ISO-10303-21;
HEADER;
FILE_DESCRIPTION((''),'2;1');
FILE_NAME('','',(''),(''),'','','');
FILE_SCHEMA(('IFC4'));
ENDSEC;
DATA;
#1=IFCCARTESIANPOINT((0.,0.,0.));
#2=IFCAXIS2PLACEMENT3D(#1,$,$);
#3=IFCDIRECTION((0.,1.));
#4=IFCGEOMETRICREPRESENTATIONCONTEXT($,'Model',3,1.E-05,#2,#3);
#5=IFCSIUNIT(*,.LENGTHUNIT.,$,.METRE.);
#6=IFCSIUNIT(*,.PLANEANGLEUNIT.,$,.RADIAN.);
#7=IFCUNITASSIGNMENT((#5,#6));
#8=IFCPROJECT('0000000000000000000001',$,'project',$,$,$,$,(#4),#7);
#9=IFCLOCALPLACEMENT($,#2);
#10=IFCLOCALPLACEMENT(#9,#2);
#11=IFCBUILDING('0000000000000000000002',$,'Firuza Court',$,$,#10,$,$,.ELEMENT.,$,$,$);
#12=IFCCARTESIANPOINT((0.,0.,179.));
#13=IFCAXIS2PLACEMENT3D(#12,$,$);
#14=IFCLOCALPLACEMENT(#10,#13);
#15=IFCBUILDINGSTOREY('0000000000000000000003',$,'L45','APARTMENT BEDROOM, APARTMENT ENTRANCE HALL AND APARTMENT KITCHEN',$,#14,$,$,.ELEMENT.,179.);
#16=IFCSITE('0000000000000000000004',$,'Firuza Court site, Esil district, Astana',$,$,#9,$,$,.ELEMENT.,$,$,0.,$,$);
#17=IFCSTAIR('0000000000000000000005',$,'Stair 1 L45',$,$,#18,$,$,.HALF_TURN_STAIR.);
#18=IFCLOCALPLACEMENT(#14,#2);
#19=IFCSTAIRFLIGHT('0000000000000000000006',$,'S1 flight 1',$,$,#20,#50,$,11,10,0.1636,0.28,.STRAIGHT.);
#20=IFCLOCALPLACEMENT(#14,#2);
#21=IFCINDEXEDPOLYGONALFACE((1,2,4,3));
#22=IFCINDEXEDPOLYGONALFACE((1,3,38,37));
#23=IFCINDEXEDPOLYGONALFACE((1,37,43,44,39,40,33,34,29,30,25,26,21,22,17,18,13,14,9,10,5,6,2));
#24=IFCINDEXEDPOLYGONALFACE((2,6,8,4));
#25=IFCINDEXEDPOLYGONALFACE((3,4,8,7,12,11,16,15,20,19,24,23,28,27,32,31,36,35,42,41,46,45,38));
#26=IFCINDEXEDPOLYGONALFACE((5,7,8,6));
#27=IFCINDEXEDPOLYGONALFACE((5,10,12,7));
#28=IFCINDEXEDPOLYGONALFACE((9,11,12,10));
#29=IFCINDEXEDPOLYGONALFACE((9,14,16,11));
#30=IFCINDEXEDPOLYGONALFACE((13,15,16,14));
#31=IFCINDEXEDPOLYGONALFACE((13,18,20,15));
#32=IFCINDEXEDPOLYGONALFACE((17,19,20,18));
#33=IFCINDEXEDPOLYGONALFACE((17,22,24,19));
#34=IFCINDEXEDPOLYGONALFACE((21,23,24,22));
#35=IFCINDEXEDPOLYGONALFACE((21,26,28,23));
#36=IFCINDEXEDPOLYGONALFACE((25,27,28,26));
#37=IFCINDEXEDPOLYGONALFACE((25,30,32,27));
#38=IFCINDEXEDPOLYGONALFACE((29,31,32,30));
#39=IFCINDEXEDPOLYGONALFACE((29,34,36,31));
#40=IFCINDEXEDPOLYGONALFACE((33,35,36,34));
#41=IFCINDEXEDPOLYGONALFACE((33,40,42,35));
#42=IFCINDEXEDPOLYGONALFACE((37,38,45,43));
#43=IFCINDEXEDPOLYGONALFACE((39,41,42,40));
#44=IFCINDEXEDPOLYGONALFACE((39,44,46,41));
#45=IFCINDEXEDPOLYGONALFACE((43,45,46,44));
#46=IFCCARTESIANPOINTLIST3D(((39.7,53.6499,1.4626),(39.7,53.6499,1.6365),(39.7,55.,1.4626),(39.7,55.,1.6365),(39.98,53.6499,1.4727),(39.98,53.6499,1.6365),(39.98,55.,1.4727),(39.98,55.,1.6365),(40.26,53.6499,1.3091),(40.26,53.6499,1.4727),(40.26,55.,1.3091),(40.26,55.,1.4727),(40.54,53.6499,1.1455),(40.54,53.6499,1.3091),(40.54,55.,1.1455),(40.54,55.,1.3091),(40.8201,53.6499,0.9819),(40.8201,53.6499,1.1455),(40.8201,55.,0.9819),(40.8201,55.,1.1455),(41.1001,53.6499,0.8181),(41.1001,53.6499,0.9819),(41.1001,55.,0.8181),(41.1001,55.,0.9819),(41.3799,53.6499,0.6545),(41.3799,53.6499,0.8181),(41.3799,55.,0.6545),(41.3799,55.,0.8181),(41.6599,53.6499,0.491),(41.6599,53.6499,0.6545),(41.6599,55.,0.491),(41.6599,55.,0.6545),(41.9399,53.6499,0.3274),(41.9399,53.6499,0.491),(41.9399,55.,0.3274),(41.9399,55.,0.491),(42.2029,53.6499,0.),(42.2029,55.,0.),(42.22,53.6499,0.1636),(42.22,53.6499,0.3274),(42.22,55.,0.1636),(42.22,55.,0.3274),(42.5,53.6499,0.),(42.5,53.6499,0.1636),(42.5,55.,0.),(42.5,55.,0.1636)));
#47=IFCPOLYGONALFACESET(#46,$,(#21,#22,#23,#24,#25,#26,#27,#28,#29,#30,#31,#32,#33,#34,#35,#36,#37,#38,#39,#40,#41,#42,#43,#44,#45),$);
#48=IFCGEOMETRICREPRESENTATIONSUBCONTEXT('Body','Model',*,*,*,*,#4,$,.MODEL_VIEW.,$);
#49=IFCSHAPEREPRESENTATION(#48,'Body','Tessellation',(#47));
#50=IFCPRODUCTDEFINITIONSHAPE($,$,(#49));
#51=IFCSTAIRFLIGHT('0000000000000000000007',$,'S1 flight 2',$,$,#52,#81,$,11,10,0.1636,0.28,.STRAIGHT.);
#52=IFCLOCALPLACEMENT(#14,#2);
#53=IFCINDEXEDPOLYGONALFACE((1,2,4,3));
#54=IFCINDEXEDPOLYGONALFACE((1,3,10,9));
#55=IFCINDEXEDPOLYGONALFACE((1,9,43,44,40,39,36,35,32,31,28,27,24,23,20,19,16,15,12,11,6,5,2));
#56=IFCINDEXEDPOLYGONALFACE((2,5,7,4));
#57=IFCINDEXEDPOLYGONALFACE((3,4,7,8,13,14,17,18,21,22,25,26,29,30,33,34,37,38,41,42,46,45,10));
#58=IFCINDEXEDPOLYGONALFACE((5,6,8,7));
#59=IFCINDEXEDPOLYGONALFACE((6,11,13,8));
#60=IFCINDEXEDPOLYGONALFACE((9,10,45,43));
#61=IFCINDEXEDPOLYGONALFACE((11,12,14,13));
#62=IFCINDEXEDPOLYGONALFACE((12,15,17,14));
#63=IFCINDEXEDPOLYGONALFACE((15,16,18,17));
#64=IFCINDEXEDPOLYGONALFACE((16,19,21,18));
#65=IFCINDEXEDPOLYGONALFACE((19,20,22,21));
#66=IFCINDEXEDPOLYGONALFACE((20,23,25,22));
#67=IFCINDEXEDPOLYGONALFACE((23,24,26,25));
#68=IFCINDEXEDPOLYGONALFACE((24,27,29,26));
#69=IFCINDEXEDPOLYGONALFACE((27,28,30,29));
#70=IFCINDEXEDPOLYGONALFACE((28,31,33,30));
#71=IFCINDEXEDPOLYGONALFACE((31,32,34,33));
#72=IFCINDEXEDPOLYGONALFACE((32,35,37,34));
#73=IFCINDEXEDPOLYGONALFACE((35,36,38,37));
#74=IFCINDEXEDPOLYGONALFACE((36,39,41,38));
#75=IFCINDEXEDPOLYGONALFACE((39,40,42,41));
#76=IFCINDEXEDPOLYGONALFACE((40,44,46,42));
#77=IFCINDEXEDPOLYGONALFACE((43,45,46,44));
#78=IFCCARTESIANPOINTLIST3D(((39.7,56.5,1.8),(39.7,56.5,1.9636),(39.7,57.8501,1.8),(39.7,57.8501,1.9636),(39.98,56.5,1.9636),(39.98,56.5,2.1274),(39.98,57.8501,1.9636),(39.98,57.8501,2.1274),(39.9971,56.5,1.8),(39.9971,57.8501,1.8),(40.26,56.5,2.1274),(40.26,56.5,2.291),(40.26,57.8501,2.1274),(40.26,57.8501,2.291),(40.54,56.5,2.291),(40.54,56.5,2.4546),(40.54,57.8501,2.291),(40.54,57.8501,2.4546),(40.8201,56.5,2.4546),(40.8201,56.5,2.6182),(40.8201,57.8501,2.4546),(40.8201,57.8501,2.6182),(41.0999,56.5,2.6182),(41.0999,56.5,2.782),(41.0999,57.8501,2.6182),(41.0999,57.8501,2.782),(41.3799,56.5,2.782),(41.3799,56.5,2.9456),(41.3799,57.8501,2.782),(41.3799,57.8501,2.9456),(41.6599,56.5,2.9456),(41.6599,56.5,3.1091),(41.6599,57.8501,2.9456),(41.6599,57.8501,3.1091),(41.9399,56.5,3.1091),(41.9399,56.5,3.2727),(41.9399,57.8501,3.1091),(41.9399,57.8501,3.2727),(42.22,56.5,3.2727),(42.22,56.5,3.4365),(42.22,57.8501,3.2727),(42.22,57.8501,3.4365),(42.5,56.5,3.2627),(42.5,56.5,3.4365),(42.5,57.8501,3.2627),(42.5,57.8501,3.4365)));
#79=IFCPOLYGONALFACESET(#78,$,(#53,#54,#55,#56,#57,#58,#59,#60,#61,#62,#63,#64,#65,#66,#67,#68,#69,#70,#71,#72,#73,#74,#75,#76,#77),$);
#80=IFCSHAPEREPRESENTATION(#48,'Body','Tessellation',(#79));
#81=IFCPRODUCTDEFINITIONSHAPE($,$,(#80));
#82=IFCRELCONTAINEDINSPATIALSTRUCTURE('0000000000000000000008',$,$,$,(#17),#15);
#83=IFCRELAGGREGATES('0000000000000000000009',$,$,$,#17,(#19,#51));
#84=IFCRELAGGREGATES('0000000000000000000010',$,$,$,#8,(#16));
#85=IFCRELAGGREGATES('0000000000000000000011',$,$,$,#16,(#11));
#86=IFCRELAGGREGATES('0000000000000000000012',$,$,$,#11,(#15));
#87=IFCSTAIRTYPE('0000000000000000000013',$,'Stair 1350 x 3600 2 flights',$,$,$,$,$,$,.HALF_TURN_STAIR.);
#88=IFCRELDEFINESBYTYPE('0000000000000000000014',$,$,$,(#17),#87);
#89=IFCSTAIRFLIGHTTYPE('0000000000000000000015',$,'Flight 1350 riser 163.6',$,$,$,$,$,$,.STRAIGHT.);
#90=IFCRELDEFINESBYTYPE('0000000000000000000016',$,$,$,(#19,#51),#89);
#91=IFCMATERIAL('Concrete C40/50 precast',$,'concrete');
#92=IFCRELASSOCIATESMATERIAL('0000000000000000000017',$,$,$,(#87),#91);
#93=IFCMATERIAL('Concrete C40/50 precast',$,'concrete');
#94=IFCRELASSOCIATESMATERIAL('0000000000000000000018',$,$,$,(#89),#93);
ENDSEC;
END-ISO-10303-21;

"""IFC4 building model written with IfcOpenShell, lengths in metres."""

from ifc_helpers import new_model, si_unit, direction, frame, origin, place, context, subcontext, project, spatial, polyline, outline, extrude, material, type_object, element, aggregate, save


model = new_model("IFC4")

# Units and contexts
model_context = context("Model", 3, precision=1e-05, world=origin(), true_north=direction((0.0, 1.0)))
body_context = subcontext(model_context, "Body", "Model", "MODEL_VIEW")
ifc_project = project(units=[si_unit("LENGTHUNIT", "METRE"), si_unit("PLANEANGLEUNIT", "RADIAN")], contexts=[model_context])

# Site, building, storey
site_placement = place(None, origin())
site = spatial("IfcSite", under=ifc_project, at=site_placement, Name="Firuza Court site, Esil district, Astana", CompositionType="ELEMENT", RefElevation=0.0)
building_placement = place(site_placement, origin())
building = spatial("IfcBuilding", under=site, at=building_placement, Name="Firuza Court", CompositionType="ELEMENT")
storey_placement = place(building_placement, frame((0.0, 0.0, 179.0)))
storey = spatial("IfcBuildingStorey", under=building, at=storey_placement, Name="L45", Description="APARTMENT BEDROOM, APARTMENT ENTRANCE HALL AND APARTMENT KITCHEN", CompositionType="ELEMENT", Elevation=179.0)

# Stair, stair flights
ifc_material_1 = material(Name="Concrete C40/50 precast", Category="concrete")
stair_type = type_object("IfcStairType", Name="Stair 1350 x 3600 2 flights", PredefinedType="HALF_TURN_STAIR", material=ifc_material_1)
stair_placement = place(storey_placement, origin())
stair = element("IfcStair", 1, at=stair_placement, inside=storey, type_object=stair_type, Name="Stair 1 L45", PredefinedType="HALF_TURN_STAIR")
ifc_material_2 = material(Name="Concrete C40/50 precast", Category="concrete")
stair_flight_type = type_object("IfcStairFlightType", Name="Flight 1350 riser 163.6", PredefinedType="STRAIGHT", material=ifc_material_2)
stair_flight_1_placement = place(storey_placement, frame((42.5, 54.325, 0.0), z_axis=(0.0, 0.0, 1.0), x_axis=(-1.0, 0.0, 0.0)))
stair_flight_1 = element("IfcStairFlight", 2, at=stair_flight_1_placement, type_object=stair_flight_type, Name="S1 flight 1", NumberOfRisers=11, NumberOfTreads=10, PredefinedType="STRAIGHT", RiserHeight=0.1636, TreadLength=0.28, context=body_context, shape_type="SweptSolid", body=[
    extrude(outline(polyline([(0.0, 0.0), (0.0, 0.1636), (0.28, 0.1636), (0.28, 0.3274), (0.5601, 0.3274), (0.5601, 0.491), (0.8401, 0.491), (0.8401, 0.6545), (1.1201, 0.6545), (1.1201, 0.8181), (1.3999, 0.8181), (1.3999, 0.9819), (1.6799, 0.9819), (1.6799, 1.1455), (1.96, 1.1455), (1.96, 1.3091), (2.24, 1.3091), (2.24, 1.4727), (2.52, 1.4727), (2.52, 1.6365), (2.8, 1.6365), (2.8, 1.8), (2.8, 1.4626), (0.2971, 0.0), (0.0, 0.0)])), frame((0.0, 0.675, 0.0), z_axis=(0.0, -1.0, 0.0), x_axis=(1.0, 0.0, 0.0)), (0.0, 0.0, 1.0), 1.3501),
])
stair_flight_2_placement = place(storey_placement, frame((39.7, 57.175, 1.8), z_axis=(0.0, 0.0, 1.0), x_axis=(1.0, 0.0, 0.0)))
stair_flight_2 = element("IfcStairFlight", 3, at=stair_flight_2_placement, type_object=stair_flight_type, Name="S1 flight 2", NumberOfRisers=11, NumberOfTreads=10, PredefinedType="STRAIGHT", RiserHeight=0.1636, TreadLength=0.28, context=body_context, shape_type="SweptSolid", body=[
    extrude(outline(polyline([(0.0, 0.0), (0.0, 0.1636), (0.28, 0.1636), (0.28, 0.3274), (0.5601, 0.3274), (0.5601, 0.491), (0.8401, 0.491), (0.8401, 0.6545), (1.1201, 0.6545), (1.1201, 0.8181), (1.3999, 0.8181), (1.3999, 0.9819), (1.6799, 0.9819), (1.6799, 1.1455), (1.96, 1.1455), (1.96, 1.3091), (2.24, 1.3091), (2.24, 1.4727), (2.52, 1.4727), (2.52, 1.6365), (2.8, 1.6365), (2.8, 1.8), (2.8, 1.4626), (0.2971, 0.0), (0.0, 0.0)])), frame((0.0, 0.675, 0.0), z_axis=(0.0, -1.0, 0.0), x_axis=(1.0, 0.0, 0.0)), (0.0, 0.0, 1.0), 1.3501),
])
aggregate(stair, [stair_flight_1, stair_flight_2])

save(model, "model.ifc")
